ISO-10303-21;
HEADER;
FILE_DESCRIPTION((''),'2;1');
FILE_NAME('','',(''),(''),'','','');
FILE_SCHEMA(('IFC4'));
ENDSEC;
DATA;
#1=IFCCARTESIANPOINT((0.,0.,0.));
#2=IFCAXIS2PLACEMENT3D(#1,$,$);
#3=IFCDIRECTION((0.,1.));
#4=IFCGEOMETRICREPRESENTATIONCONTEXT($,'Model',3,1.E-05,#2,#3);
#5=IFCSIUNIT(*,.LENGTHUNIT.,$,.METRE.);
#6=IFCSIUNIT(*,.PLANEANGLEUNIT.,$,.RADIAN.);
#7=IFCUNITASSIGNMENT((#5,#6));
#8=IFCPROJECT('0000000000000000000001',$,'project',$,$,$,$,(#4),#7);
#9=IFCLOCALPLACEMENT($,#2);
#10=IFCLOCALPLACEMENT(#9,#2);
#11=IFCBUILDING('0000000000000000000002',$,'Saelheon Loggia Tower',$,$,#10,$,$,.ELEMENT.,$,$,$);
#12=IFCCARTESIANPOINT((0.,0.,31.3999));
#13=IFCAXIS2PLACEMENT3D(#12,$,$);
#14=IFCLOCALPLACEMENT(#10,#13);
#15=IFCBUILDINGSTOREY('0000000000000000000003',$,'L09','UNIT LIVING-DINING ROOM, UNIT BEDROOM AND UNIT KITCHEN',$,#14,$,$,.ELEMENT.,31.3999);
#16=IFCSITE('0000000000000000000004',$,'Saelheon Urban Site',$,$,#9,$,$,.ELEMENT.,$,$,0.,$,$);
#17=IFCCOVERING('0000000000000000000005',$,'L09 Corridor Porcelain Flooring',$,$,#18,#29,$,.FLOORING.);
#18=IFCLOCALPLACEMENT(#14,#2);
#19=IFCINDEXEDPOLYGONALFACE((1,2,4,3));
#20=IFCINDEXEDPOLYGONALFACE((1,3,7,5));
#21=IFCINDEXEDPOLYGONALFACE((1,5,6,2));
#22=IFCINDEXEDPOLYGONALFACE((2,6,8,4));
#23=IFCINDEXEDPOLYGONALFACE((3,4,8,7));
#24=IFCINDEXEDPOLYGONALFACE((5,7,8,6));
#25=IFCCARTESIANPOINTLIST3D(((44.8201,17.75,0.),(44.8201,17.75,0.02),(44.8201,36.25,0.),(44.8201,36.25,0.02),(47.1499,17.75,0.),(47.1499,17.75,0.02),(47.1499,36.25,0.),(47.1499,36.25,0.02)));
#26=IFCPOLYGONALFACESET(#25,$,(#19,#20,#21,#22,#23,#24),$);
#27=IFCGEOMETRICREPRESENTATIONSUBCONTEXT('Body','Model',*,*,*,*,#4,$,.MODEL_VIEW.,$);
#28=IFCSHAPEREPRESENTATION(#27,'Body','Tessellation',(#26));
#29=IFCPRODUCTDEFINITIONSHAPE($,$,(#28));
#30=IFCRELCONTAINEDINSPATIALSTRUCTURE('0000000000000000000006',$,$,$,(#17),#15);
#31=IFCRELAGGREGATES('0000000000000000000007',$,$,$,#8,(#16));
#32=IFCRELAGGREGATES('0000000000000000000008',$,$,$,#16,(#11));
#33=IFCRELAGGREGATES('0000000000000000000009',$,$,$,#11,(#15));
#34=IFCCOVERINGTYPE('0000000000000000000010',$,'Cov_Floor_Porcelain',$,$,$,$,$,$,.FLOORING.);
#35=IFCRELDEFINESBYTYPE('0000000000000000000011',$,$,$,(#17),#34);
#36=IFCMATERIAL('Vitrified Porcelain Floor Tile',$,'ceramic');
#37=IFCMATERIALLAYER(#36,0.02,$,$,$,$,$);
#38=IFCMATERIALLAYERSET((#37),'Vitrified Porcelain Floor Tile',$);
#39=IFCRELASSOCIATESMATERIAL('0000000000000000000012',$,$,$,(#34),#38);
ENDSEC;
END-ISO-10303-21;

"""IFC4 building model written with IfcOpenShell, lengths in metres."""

from ifc_helpers import new_model, si_unit, direction, frame, origin, place, context, subcontext, project, spatial, polyline, outline, extrude, material, layer, layer_set, type_object, element, save


model = new_model("IFC4")

# Units and contexts
model_context = context("Model", 3, precision=1e-05, world=origin(), true_north=direction((0.0, 1.0)))
body_context = subcontext(model_context, "Body", "Model", "MODEL_VIEW")
ifc_project = project(units=[si_unit("LENGTHUNIT", "METRE"), si_unit("PLANEANGLEUNIT", "RADIAN")], contexts=[model_context])

# Site, building, storey
site_placement = place(None, origin())
site = spatial("IfcSite", under=ifc_project, at=site_placement, Name="Saelheon Urban Site", CompositionType="ELEMENT", RefElevation=0.0)
building_placement = place(site_placement, origin())
building = spatial("IfcBuilding", under=site, at=building_placement, Name="Saelheon Loggia Tower", CompositionType="ELEMENT")
storey_placement = place(building_placement, frame((0.0, 0.0, 31.3999)))
storey = spatial("IfcBuildingStorey", under=building, at=storey_placement, Name="L09", Description="UNIT LIVING-DINING ROOM, UNIT BEDROOM AND UNIT KITCHEN", CompositionType="ELEMENT", Elevation=31.3999)

# Covering
ifc_material_1 = material(Name="Vitrified Porcelain Floor Tile", Category="ceramic")
ifc_layer_1 = layer(ifc_material_1, 0.02)
ifc_layer_set_1 = layer_set([ifc_layer_1], Name="Vitrified Porcelain Floor Tile")
covering_type_1 = type_object("IfcCoveringType", Name="Cov_Floor_Porcelain", PredefinedType="FLOORING", material=ifc_layer_set_1)
covering_1_placement = place(storey_placement, origin())
element("IfcCovering", 1, at=covering_1_placement, inside=storey, type_object=covering_type_1, Name="L09 Corridor Porcelain Flooring", PredefinedType="FLOORING", context=body_context, shape_type="SweptSolid", body=[
    extrude(outline(polyline([(44.8201, 17.75), (47.1499, 17.75), (47.1499, 36.25), (44.8201, 36.25), (44.8201, 17.75)])), origin(), (0.0, 0.0, 1.0), 0.02),
])

save(model, "model.ifc")
